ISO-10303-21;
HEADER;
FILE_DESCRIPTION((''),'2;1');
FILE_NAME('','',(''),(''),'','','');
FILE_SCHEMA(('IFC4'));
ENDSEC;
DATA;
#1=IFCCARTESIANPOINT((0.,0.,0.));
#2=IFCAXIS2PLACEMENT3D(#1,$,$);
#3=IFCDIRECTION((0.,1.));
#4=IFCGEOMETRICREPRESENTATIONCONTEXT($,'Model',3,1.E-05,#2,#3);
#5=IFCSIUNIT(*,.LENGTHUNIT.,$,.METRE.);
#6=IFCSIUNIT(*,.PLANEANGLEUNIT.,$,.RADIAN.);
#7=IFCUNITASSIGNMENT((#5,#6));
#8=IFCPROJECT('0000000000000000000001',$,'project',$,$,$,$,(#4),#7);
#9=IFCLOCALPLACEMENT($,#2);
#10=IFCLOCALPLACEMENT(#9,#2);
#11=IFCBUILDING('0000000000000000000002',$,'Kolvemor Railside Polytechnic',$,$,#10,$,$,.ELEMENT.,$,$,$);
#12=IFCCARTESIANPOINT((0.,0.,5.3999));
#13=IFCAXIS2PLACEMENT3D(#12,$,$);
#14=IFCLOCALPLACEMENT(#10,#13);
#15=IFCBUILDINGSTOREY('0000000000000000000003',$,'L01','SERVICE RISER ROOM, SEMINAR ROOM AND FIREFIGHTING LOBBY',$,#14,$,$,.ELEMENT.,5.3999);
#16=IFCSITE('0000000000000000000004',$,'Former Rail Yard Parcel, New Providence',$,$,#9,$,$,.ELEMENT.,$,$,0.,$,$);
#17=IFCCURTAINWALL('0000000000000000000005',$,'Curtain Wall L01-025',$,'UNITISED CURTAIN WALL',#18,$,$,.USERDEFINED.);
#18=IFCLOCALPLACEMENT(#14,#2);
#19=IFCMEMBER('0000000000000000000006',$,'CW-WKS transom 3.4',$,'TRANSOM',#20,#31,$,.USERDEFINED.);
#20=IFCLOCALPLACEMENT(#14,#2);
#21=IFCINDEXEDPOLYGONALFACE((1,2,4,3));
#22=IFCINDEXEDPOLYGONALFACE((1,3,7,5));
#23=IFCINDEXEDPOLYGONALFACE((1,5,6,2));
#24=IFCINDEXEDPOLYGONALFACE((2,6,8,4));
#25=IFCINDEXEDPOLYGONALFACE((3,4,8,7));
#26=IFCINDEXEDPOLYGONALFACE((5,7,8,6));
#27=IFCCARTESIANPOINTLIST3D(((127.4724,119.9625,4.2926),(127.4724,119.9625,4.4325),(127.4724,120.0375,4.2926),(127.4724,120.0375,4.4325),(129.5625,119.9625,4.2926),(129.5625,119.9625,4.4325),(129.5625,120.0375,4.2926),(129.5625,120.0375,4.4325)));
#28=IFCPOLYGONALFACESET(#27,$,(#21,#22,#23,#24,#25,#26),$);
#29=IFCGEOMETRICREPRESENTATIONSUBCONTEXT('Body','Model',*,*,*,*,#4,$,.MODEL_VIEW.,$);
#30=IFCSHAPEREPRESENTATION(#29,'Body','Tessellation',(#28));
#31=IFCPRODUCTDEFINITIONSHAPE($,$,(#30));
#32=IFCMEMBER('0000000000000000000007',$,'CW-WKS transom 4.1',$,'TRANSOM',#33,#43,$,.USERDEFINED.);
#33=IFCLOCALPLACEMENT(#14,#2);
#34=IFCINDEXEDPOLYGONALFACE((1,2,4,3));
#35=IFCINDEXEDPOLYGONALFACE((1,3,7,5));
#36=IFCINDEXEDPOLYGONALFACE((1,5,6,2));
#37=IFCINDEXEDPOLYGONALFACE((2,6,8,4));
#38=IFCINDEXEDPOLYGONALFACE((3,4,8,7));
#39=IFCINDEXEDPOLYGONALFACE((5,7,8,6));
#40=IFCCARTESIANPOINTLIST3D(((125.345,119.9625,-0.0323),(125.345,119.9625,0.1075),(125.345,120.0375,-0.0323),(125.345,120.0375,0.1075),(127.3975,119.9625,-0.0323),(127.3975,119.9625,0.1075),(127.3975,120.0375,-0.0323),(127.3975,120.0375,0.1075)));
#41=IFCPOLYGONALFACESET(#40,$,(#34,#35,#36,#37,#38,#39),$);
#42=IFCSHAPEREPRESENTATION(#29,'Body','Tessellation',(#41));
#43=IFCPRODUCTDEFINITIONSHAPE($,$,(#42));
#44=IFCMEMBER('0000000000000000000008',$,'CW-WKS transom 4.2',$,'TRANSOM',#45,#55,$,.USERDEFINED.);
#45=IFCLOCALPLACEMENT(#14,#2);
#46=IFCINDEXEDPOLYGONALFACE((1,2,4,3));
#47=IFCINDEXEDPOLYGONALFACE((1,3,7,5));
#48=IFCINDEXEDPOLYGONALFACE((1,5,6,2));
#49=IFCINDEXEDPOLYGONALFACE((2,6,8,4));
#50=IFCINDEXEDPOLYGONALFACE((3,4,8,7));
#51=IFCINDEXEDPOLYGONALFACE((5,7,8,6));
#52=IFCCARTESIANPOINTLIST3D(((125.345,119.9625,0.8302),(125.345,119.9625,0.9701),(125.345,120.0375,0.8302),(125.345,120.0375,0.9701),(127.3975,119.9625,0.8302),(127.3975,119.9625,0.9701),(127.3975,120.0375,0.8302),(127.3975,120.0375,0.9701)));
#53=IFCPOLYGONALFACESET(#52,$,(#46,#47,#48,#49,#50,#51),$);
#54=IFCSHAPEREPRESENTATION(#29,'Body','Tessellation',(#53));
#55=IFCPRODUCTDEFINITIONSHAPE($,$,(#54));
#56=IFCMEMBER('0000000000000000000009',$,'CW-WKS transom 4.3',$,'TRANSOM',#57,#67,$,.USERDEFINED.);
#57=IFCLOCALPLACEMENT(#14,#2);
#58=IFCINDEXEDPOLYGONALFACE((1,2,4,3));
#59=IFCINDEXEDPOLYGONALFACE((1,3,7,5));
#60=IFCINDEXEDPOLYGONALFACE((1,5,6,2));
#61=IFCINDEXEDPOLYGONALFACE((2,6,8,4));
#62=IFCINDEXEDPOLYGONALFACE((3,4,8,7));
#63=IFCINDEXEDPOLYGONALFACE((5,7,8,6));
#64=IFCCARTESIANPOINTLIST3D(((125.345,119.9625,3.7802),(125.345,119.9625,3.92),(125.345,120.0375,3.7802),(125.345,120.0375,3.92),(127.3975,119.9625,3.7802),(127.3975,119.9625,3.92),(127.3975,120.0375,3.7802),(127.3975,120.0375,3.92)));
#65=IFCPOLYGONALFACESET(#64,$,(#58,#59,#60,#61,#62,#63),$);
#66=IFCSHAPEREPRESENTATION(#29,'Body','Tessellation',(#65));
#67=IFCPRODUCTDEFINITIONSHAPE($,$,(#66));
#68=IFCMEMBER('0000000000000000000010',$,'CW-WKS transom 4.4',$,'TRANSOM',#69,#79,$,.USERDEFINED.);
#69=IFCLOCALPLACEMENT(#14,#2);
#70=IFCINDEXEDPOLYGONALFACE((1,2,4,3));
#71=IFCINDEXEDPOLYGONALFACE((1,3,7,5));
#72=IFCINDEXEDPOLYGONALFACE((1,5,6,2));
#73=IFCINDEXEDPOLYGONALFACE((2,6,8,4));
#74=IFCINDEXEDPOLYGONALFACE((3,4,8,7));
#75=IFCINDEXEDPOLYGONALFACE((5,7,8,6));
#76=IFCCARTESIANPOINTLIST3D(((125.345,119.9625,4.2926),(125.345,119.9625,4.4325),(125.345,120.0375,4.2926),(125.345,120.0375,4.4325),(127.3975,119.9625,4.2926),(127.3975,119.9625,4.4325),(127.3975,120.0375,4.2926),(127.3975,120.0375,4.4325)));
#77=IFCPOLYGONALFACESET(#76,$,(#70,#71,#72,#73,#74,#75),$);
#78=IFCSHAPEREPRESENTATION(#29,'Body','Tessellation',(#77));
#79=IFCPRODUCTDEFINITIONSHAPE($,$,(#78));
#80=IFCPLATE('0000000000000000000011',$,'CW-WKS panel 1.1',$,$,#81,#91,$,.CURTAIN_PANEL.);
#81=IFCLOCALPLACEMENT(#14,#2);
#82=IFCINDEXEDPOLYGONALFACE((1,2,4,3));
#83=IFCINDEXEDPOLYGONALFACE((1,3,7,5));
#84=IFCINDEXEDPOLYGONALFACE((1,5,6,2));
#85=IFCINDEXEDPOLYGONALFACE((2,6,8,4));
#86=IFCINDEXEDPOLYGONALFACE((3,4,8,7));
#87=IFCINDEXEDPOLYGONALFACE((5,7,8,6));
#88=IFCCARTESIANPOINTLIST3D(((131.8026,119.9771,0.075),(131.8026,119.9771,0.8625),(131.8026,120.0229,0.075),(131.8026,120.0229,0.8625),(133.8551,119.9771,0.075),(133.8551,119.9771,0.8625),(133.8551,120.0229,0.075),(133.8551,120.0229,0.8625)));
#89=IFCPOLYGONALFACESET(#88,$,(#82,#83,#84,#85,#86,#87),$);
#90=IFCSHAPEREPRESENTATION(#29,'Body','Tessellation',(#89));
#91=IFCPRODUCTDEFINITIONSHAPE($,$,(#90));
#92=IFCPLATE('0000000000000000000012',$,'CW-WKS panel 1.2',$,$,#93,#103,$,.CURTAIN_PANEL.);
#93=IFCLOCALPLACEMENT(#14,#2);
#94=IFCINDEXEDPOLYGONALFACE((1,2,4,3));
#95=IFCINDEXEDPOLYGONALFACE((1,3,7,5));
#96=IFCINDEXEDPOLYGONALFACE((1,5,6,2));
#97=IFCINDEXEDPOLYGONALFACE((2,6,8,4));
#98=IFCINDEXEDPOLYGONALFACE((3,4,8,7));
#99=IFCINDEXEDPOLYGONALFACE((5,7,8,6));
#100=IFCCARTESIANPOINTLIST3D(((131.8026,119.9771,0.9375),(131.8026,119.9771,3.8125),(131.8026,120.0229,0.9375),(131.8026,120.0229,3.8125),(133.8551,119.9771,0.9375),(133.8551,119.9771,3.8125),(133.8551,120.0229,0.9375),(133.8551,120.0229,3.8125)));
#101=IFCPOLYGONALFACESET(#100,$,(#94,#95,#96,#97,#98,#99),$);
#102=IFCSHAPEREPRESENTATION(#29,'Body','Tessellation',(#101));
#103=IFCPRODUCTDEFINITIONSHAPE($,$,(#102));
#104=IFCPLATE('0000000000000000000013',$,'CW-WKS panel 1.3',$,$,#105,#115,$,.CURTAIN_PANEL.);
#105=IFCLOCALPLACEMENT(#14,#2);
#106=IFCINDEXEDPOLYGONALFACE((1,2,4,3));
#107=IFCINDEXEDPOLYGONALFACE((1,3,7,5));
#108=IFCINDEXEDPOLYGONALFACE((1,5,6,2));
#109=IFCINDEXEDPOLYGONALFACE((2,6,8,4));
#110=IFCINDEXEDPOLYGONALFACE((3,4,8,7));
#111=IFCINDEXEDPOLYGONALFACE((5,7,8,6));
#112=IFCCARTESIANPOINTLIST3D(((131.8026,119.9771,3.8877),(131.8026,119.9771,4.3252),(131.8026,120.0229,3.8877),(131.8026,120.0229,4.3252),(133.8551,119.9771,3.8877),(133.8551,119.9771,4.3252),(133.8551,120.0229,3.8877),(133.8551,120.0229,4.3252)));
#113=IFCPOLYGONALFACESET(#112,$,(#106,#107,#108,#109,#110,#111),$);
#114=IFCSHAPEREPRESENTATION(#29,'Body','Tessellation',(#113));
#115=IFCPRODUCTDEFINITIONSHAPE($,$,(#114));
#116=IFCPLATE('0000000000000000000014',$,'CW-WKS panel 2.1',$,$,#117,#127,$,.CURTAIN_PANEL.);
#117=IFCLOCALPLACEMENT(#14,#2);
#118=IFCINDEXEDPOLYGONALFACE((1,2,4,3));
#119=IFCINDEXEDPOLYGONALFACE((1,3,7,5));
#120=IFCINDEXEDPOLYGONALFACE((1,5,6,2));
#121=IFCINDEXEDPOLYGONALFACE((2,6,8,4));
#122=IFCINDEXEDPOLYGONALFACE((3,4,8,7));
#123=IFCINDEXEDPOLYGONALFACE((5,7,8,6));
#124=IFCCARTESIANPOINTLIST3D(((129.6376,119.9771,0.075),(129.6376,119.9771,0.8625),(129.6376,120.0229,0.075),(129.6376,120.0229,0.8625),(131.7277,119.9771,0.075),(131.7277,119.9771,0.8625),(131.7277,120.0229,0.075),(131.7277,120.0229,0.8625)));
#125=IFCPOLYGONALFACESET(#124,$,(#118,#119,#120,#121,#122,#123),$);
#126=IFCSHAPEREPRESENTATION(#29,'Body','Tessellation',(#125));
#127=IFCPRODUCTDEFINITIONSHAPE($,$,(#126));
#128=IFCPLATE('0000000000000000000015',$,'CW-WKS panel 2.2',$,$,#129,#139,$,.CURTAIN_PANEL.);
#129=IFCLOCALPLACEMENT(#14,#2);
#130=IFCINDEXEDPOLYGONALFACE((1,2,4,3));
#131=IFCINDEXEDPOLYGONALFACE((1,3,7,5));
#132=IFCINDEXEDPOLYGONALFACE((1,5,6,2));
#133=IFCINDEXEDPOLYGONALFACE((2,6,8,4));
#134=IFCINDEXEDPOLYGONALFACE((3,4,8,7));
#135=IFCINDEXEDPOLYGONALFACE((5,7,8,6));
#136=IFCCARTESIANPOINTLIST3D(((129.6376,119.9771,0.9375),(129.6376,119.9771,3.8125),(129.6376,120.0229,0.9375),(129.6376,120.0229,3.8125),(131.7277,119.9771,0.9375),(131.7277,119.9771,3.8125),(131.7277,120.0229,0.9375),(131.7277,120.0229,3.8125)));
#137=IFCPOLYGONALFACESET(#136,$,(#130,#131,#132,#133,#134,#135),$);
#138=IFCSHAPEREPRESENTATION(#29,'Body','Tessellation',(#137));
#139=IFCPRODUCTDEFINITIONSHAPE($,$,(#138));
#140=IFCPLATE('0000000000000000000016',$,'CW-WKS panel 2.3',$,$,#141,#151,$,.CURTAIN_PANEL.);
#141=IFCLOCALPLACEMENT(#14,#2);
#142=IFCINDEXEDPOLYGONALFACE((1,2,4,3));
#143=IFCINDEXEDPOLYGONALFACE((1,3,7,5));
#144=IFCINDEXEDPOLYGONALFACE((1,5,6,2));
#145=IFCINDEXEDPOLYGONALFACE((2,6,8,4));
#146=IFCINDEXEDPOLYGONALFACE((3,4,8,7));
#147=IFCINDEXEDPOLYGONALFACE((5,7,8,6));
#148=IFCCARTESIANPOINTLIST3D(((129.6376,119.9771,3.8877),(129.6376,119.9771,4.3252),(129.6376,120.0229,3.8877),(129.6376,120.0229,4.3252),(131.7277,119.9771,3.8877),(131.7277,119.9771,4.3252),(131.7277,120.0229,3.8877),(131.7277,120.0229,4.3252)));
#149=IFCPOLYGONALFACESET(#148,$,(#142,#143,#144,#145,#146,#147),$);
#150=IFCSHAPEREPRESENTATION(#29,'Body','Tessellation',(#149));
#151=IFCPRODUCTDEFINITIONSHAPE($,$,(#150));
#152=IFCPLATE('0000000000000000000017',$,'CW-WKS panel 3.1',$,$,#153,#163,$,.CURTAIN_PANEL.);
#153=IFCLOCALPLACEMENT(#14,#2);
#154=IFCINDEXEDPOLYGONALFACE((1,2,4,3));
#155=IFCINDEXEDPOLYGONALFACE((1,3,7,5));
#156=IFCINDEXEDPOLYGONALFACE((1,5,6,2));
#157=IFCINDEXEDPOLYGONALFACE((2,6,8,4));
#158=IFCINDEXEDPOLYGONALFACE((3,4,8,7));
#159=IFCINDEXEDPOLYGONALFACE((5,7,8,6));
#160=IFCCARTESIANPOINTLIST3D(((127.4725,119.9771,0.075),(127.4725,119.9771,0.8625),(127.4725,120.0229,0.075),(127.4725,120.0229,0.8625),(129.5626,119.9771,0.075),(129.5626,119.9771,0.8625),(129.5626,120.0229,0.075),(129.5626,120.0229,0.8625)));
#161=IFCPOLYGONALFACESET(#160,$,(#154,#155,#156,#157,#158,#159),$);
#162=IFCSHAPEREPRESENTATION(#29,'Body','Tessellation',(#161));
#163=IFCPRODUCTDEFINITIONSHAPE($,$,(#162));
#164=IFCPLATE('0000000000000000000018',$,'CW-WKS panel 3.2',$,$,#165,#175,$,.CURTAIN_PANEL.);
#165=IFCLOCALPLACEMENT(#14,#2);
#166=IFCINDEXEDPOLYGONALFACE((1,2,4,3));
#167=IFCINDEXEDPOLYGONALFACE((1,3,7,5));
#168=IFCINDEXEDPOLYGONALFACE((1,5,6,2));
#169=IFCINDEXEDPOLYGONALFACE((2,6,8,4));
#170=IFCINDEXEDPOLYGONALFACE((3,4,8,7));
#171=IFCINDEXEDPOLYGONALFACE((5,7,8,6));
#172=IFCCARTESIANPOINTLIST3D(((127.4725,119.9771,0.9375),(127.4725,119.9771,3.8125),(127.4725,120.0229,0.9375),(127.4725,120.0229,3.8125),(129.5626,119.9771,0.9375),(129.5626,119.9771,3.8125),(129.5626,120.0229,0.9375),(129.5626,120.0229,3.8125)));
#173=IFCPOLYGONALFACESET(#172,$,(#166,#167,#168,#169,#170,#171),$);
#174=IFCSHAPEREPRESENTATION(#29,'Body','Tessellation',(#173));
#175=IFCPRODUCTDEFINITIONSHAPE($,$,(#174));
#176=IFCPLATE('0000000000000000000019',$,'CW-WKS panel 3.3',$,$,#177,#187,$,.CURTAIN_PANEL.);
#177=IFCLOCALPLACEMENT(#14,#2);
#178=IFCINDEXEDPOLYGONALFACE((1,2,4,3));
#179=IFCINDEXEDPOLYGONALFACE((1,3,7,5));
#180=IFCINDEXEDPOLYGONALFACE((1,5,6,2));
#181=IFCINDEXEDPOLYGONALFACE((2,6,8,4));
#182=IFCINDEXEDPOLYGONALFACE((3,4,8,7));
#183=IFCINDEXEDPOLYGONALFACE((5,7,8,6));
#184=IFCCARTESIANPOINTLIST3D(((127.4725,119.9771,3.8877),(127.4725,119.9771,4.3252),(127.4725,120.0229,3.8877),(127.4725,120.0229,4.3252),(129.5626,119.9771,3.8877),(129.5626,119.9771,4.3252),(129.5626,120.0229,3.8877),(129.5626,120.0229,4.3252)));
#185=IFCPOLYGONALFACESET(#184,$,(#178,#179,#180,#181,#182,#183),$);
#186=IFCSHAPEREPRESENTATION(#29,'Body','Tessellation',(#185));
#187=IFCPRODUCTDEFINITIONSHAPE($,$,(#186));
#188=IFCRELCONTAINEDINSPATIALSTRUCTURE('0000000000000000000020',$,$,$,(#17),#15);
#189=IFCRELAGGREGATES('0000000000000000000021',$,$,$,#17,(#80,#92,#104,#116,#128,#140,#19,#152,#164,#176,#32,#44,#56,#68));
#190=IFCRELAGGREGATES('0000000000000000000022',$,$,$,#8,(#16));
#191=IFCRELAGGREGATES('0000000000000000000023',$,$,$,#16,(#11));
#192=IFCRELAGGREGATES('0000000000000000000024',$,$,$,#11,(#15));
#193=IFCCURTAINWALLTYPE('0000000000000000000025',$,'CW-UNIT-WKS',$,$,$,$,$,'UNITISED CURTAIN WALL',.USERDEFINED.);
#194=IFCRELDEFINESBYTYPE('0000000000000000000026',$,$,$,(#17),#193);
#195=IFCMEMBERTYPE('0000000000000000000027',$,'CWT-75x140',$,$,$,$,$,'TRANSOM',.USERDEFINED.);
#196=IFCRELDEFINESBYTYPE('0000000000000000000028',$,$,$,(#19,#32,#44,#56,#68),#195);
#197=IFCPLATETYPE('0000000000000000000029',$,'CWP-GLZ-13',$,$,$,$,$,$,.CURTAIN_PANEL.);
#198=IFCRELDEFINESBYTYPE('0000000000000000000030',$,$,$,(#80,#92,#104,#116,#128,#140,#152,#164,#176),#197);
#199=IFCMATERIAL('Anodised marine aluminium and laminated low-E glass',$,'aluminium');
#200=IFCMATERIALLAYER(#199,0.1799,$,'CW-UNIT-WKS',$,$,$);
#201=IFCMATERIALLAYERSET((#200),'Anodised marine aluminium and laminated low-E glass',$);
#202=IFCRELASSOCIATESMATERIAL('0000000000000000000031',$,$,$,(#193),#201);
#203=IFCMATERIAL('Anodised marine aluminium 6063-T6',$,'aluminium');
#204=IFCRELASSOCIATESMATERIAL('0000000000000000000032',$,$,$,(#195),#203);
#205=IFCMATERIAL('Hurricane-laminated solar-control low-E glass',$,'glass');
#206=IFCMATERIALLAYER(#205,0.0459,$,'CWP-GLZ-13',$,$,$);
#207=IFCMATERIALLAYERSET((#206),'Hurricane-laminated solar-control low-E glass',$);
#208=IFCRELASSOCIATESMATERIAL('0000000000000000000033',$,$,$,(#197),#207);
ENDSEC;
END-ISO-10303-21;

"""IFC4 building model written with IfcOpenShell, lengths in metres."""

from ifc_helpers import new_model, si_unit, direction, frame, origin, origin_2d, place, context, subcontext, project, spatial, rectangle, extrude, material, layer, layer_set, material_profile, profile_set, type_object, element, aggregate, save


model = new_model("IFC4")

# Units and contexts
model_context = context("Model", 3, precision=1e-05, world=origin(), true_north=direction((0.0, 1.0)))
body_context = subcontext(model_context, "Body", "Model", "MODEL_VIEW")
ifc_project = project(units=[si_unit("LENGTHUNIT", "METRE"), si_unit("PLANEANGLEUNIT", "RADIAN")], contexts=[model_context])

# Site, building, storey
site_placement = place(None, origin())
site = spatial("IfcSite", under=ifc_project, at=site_placement, Name="Former Rail Yard Parcel, New Providence", CompositionType="ELEMENT", RefElevation=0.0)
building_placement = place(site_placement, origin())
building = spatial("IfcBuilding", under=site, at=building_placement, Name="Kolvemor Railside Polytechnic", CompositionType="ELEMENT")
storey_placement = place(building_placement, frame((0.0, 0.0, 5.3999)))
storey = spatial("IfcBuildingStorey", under=building, at=storey_placement, Name="L01", Description="SERVICE RISER ROOM, SEMINAR ROOM AND FIREFIGHTING LOBBY", CompositionType="ELEMENT", Elevation=5.3999)

# Curtain wall, members, plates
ifc_material_1 = material(Name="Anodised marine aluminium and laminated low-E glass", Category="aluminium")
ifc_layer_1 = layer(ifc_material_1, 0.1799, Name="CW-UNIT-WKS")
ifc_layer_set_1 = layer_set([ifc_layer_1], Name="Anodised marine aluminium and laminated low-E glass")
curtain_wall_type = type_object("IfcCurtainWallType", Name="CW-UNIT-WKS", ElementType="UNITISED CURTAIN WALL", PredefinedType="USERDEFINED", material=ifc_layer_set_1)
curtain_wall_placement = place(storey_placement, origin())
curtain_wall = element("IfcCurtainWall", 1, at=curtain_wall_placement, inside=storey, type_object=curtain_wall_type, Name="Curtain Wall L01-025", ObjectType="UNITISED CURTAIN WALL", PredefinedType="USERDEFINED")
ifc_material_2 = material(Name="Anodised marine aluminium 6063-T6", Category="aluminium")
ifc_material_profile_1 = material_profile(ifc_material_2, rectangle(XDim=0.075, YDim=0.1399, at=origin_2d()), Name="CW-TRN-75x140")
ifc_profile_set_1 = profile_set([ifc_material_profile_1], Name="Anodised marine aluminium 6063-T6")
member_type_1 = type_object("IfcMemberType", Name="CWT-75x140", ElementType="TRANSOM", PredefinedType="USERDEFINED", material=ifc_profile_set_1)
member_1_placement = place(storey_placement, frame((129.5625, 120.0, 4.3625), z_axis=(-1.0, 0.0, 0.0), x_axis=(0.0, -1.0, 0.0)))
member_1 = element("IfcMember", 2, at=member_1_placement, type_object=member_type_1, Name="CW-WKS transom 3.4", ObjectType="TRANSOM", PredefinedType="USERDEFINED", context=body_context, shape_type="SweptSolid", body=[
    extrude(rectangle(XDim=0.075, YDim=0.1399, at=origin_2d()), origin(), (0.0, 0.0, 1.0), 2.0901),
])
member_2_placement = place(storey_placement, frame((127.3975, 120.0, 0.0376), z_axis=(-1.0, 0.0, 0.0), x_axis=(0.0, -1.0, 0.0)))
member_2 = element("IfcMember", 3, at=member_2_placement, type_object=member_type_1, Name="CW-WKS transom 4.1", ObjectType="TRANSOM", PredefinedType="USERDEFINED", context=body_context, shape_type="SweptSolid", body=[
    extrude(rectangle(XDim=0.075, YDim=0.1399, at=origin_2d()), origin(), (0.0, 0.0, 1.0), 2.0525),
])
member_3_placement = place(storey_placement, frame((127.3975, 120.0, 0.9001), z_axis=(-1.0, 0.0, 0.0), x_axis=(0.0, -1.0, 0.0)))
member_3 = element("IfcMember", 4, at=member_3_placement, type_object=member_type_1, Name="CW-WKS transom 4.2", ObjectType="TRANSOM", PredefinedType="USERDEFINED", context=body_context, shape_type="SweptSolid", body=[
    extrude(rectangle(XDim=0.075, YDim=0.1399, at=origin_2d()), origin(), (0.0, 0.0, 1.0), 2.0525),
])
member_4_placement = place(storey_placement, frame((127.3975, 120.0, 3.8501), z_axis=(-1.0, 0.0, 0.0), x_axis=(0.0, -1.0, 0.0)))
member_4 = element("IfcMember", 5, at=member_4_placement, type_object=member_type_1, Name="CW-WKS transom 4.3", ObjectType="TRANSOM", PredefinedType="USERDEFINED", context=body_context, shape_type="SweptSolid", body=[
    extrude(rectangle(XDim=0.075, YDim=0.1399, at=origin_2d()), origin(), (0.0, 0.0, 1.0), 2.0525),
])
member_5_placement = place(storey_placement, frame((127.3975, 120.0, 4.3625), z_axis=(-1.0, 0.0, 0.0), x_axis=(0.0, -1.0, 0.0)))
member_5 = element("IfcMember", 6, at=member_5_placement, type_object=member_type_1, Name="CW-WKS transom 4.4", ObjectType="TRANSOM", PredefinedType="USERDEFINED", context=body_context, shape_type="SweptSolid", body=[
    extrude(rectangle(XDim=0.075, YDim=0.1399, at=origin_2d()), origin(), (0.0, 0.0, 1.0), 2.0525),
])
ifc_material_3 = material(Name="Hurricane-laminated solar-control low-E glass", Category="glass")
ifc_layer_2 = layer(ifc_material_3, 0.0459, Name="CWP-GLZ-13")
ifc_layer_set_2 = layer_set([ifc_layer_2], Name="Hurricane-laminated solar-control low-E glass")
plate_type = type_object("IfcPlateType", Name="CWP-GLZ-13", PredefinedType="CURTAIN_PANEL", material=ifc_layer_set_2)
plate_1_placement = place(storey_placement, frame((132.8289, 120.0, 0.075), z_axis=(0.0, 0.0, 1.0), x_axis=(-1.0, 0.0, 0.0)))
plate_1 = element("IfcPlate", 7, at=plate_1_placement, type_object=plate_type, Name="CW-WKS panel 1.1", PredefinedType="CURTAIN_PANEL", context=body_context, shape_type="SweptSolid", body=[
    extrude(rectangle(XDim=2.0525, YDim=0.0459, at=origin_2d()), origin(), (0.0, 0.0, 1.0), 0.7876),
])
plate_2_placement = place(storey_placement, frame((132.8289, 120.0, 0.9375), z_axis=(0.0, 0.0, 1.0), x_axis=(-1.0, 0.0, 0.0)))
plate_2 = element("IfcPlate", 8, at=plate_2_placement, type_object=plate_type, Name="CW-WKS panel 1.2", PredefinedType="CURTAIN_PANEL", context=body_context, shape_type="SweptSolid", body=[
    extrude(rectangle(XDim=2.0525, YDim=0.0459, at=origin_2d()), origin(), (0.0, 0.0, 1.0), 2.875),
])
plate_3_placement = place(storey_placement, frame((132.8289, 120.0, 3.8877), z_axis=(0.0, 0.0, 1.0), x_axis=(-1.0, 0.0, 0.0)))
plate_3 = element("IfcPlate", 9, at=plate_3_placement, type_object=plate_type, Name="CW-WKS panel 1.3", PredefinedType="CURTAIN_PANEL", context=body_context, shape_type="SweptSolid", body=[
    extrude(rectangle(XDim=2.0525, YDim=0.0459, at=origin_2d()), origin(), (0.0, 0.0, 1.0), 0.4375),
])
plate_4_placement = place(storey_placement, frame((130.6826, 120.0, 0.075), z_axis=(0.0, 0.0, 1.0), x_axis=(-1.0, 0.0, 0.0)))
plate_4 = element("IfcPlate", 10, at=plate_4_placement, type_object=plate_type, Name="CW-WKS panel 2.1", PredefinedType="CURTAIN_PANEL", context=body_context, shape_type="SweptSolid", body=[
    extrude(rectangle(XDim=2.0901, YDim=0.0459, at=origin_2d()), origin(), (0.0, 0.0, 1.0), 0.7876),
])
plate_5_placement = place(storey_placement, frame((130.6826, 120.0, 0.9375), z_axis=(0.0, 0.0, 1.0), x_axis=(-1.0, 0.0, 0.0)))
plate_5 = element("IfcPlate", 11, at=plate_5_placement, type_object=plate_type, Name="CW-WKS panel 2.2", PredefinedType="CURTAIN_PANEL", context=body_context, shape_type="SweptSolid", body=[
    extrude(rectangle(XDim=2.0901, YDim=0.0459, at=origin_2d()), origin(), (0.0, 0.0, 1.0), 2.875),
])
plate_6_placement = place(storey_placement, frame((130.6826, 120.0, 3.8877), z_axis=(0.0, 0.0, 1.0), x_axis=(-1.0, 0.0, 0.0)))
plate_6 = element("IfcPlate", 12, at=plate_6_placement, type_object=plate_type, Name="CW-WKS panel 2.3", PredefinedType="CURTAIN_PANEL", context=body_context, shape_type="SweptSolid", body=[
    extrude(rectangle(XDim=2.0901, YDim=0.0459, at=origin_2d()), origin(), (0.0, 0.0, 1.0), 0.4375),
])
plate_7_placement = place(storey_placement, frame((128.5176, 120.0, 0.075), z_axis=(0.0, 0.0, 1.0), x_axis=(-1.0, 0.0, 0.0)))
plate_7 = element("IfcPlate", 13, at=plate_7_placement, type_object=plate_type, Name="CW-WKS panel 3.1", PredefinedType="CURTAIN_PANEL", context=body_context, shape_type="SweptSolid", body=[
    extrude(rectangle(XDim=2.0901, YDim=0.0459, at=origin_2d()), origin(), (0.0, 0.0, 1.0), 0.7876),
])
plate_8_placement = place(storey_placement, frame((128.5176, 120.0, 0.9375), z_axis=(0.0, 0.0, 1.0), x_axis=(-1.0, 0.0, 0.0)))
plate_8 = element("IfcPlate", 14, at=plate_8_placement, type_object=plate_type, Name="CW-WKS panel 3.2", PredefinedType="CURTAIN_PANEL", context=body_context, shape_type="SweptSolid", body=[
    extrude(rectangle(XDim=2.0901, YDim=0.0459, at=origin_2d()), origin(), (0.0, 0.0, 1.0), 2.875),
])
plate_9_placement = place(storey_placement, frame((128.5176, 120.0, 3.8877), z_axis=(0.0, 0.0, 1.0), x_axis=(-1.0, 0.0, 0.0)))
plate_9 = element("IfcPlate", 15, at=plate_9_placement, type_object=plate_type, Name="CW-WKS panel 3.3", PredefinedType="CURTAIN_PANEL", context=body_context, shape_type="SweptSolid", body=[
    extrude(rectangle(XDim=2.0901, YDim=0.0459, at=origin_2d()), origin(), (0.0, 0.0, 1.0), 0.4375),
])
aggregate(curtain_wall, [plate_1, plate_2, plate_3, plate_4, plate_5, plate_6, member_1, plate_7, plate_8, plate_9, member_2, member_3, member_4, member_5])

save(model, "model.ifc")
